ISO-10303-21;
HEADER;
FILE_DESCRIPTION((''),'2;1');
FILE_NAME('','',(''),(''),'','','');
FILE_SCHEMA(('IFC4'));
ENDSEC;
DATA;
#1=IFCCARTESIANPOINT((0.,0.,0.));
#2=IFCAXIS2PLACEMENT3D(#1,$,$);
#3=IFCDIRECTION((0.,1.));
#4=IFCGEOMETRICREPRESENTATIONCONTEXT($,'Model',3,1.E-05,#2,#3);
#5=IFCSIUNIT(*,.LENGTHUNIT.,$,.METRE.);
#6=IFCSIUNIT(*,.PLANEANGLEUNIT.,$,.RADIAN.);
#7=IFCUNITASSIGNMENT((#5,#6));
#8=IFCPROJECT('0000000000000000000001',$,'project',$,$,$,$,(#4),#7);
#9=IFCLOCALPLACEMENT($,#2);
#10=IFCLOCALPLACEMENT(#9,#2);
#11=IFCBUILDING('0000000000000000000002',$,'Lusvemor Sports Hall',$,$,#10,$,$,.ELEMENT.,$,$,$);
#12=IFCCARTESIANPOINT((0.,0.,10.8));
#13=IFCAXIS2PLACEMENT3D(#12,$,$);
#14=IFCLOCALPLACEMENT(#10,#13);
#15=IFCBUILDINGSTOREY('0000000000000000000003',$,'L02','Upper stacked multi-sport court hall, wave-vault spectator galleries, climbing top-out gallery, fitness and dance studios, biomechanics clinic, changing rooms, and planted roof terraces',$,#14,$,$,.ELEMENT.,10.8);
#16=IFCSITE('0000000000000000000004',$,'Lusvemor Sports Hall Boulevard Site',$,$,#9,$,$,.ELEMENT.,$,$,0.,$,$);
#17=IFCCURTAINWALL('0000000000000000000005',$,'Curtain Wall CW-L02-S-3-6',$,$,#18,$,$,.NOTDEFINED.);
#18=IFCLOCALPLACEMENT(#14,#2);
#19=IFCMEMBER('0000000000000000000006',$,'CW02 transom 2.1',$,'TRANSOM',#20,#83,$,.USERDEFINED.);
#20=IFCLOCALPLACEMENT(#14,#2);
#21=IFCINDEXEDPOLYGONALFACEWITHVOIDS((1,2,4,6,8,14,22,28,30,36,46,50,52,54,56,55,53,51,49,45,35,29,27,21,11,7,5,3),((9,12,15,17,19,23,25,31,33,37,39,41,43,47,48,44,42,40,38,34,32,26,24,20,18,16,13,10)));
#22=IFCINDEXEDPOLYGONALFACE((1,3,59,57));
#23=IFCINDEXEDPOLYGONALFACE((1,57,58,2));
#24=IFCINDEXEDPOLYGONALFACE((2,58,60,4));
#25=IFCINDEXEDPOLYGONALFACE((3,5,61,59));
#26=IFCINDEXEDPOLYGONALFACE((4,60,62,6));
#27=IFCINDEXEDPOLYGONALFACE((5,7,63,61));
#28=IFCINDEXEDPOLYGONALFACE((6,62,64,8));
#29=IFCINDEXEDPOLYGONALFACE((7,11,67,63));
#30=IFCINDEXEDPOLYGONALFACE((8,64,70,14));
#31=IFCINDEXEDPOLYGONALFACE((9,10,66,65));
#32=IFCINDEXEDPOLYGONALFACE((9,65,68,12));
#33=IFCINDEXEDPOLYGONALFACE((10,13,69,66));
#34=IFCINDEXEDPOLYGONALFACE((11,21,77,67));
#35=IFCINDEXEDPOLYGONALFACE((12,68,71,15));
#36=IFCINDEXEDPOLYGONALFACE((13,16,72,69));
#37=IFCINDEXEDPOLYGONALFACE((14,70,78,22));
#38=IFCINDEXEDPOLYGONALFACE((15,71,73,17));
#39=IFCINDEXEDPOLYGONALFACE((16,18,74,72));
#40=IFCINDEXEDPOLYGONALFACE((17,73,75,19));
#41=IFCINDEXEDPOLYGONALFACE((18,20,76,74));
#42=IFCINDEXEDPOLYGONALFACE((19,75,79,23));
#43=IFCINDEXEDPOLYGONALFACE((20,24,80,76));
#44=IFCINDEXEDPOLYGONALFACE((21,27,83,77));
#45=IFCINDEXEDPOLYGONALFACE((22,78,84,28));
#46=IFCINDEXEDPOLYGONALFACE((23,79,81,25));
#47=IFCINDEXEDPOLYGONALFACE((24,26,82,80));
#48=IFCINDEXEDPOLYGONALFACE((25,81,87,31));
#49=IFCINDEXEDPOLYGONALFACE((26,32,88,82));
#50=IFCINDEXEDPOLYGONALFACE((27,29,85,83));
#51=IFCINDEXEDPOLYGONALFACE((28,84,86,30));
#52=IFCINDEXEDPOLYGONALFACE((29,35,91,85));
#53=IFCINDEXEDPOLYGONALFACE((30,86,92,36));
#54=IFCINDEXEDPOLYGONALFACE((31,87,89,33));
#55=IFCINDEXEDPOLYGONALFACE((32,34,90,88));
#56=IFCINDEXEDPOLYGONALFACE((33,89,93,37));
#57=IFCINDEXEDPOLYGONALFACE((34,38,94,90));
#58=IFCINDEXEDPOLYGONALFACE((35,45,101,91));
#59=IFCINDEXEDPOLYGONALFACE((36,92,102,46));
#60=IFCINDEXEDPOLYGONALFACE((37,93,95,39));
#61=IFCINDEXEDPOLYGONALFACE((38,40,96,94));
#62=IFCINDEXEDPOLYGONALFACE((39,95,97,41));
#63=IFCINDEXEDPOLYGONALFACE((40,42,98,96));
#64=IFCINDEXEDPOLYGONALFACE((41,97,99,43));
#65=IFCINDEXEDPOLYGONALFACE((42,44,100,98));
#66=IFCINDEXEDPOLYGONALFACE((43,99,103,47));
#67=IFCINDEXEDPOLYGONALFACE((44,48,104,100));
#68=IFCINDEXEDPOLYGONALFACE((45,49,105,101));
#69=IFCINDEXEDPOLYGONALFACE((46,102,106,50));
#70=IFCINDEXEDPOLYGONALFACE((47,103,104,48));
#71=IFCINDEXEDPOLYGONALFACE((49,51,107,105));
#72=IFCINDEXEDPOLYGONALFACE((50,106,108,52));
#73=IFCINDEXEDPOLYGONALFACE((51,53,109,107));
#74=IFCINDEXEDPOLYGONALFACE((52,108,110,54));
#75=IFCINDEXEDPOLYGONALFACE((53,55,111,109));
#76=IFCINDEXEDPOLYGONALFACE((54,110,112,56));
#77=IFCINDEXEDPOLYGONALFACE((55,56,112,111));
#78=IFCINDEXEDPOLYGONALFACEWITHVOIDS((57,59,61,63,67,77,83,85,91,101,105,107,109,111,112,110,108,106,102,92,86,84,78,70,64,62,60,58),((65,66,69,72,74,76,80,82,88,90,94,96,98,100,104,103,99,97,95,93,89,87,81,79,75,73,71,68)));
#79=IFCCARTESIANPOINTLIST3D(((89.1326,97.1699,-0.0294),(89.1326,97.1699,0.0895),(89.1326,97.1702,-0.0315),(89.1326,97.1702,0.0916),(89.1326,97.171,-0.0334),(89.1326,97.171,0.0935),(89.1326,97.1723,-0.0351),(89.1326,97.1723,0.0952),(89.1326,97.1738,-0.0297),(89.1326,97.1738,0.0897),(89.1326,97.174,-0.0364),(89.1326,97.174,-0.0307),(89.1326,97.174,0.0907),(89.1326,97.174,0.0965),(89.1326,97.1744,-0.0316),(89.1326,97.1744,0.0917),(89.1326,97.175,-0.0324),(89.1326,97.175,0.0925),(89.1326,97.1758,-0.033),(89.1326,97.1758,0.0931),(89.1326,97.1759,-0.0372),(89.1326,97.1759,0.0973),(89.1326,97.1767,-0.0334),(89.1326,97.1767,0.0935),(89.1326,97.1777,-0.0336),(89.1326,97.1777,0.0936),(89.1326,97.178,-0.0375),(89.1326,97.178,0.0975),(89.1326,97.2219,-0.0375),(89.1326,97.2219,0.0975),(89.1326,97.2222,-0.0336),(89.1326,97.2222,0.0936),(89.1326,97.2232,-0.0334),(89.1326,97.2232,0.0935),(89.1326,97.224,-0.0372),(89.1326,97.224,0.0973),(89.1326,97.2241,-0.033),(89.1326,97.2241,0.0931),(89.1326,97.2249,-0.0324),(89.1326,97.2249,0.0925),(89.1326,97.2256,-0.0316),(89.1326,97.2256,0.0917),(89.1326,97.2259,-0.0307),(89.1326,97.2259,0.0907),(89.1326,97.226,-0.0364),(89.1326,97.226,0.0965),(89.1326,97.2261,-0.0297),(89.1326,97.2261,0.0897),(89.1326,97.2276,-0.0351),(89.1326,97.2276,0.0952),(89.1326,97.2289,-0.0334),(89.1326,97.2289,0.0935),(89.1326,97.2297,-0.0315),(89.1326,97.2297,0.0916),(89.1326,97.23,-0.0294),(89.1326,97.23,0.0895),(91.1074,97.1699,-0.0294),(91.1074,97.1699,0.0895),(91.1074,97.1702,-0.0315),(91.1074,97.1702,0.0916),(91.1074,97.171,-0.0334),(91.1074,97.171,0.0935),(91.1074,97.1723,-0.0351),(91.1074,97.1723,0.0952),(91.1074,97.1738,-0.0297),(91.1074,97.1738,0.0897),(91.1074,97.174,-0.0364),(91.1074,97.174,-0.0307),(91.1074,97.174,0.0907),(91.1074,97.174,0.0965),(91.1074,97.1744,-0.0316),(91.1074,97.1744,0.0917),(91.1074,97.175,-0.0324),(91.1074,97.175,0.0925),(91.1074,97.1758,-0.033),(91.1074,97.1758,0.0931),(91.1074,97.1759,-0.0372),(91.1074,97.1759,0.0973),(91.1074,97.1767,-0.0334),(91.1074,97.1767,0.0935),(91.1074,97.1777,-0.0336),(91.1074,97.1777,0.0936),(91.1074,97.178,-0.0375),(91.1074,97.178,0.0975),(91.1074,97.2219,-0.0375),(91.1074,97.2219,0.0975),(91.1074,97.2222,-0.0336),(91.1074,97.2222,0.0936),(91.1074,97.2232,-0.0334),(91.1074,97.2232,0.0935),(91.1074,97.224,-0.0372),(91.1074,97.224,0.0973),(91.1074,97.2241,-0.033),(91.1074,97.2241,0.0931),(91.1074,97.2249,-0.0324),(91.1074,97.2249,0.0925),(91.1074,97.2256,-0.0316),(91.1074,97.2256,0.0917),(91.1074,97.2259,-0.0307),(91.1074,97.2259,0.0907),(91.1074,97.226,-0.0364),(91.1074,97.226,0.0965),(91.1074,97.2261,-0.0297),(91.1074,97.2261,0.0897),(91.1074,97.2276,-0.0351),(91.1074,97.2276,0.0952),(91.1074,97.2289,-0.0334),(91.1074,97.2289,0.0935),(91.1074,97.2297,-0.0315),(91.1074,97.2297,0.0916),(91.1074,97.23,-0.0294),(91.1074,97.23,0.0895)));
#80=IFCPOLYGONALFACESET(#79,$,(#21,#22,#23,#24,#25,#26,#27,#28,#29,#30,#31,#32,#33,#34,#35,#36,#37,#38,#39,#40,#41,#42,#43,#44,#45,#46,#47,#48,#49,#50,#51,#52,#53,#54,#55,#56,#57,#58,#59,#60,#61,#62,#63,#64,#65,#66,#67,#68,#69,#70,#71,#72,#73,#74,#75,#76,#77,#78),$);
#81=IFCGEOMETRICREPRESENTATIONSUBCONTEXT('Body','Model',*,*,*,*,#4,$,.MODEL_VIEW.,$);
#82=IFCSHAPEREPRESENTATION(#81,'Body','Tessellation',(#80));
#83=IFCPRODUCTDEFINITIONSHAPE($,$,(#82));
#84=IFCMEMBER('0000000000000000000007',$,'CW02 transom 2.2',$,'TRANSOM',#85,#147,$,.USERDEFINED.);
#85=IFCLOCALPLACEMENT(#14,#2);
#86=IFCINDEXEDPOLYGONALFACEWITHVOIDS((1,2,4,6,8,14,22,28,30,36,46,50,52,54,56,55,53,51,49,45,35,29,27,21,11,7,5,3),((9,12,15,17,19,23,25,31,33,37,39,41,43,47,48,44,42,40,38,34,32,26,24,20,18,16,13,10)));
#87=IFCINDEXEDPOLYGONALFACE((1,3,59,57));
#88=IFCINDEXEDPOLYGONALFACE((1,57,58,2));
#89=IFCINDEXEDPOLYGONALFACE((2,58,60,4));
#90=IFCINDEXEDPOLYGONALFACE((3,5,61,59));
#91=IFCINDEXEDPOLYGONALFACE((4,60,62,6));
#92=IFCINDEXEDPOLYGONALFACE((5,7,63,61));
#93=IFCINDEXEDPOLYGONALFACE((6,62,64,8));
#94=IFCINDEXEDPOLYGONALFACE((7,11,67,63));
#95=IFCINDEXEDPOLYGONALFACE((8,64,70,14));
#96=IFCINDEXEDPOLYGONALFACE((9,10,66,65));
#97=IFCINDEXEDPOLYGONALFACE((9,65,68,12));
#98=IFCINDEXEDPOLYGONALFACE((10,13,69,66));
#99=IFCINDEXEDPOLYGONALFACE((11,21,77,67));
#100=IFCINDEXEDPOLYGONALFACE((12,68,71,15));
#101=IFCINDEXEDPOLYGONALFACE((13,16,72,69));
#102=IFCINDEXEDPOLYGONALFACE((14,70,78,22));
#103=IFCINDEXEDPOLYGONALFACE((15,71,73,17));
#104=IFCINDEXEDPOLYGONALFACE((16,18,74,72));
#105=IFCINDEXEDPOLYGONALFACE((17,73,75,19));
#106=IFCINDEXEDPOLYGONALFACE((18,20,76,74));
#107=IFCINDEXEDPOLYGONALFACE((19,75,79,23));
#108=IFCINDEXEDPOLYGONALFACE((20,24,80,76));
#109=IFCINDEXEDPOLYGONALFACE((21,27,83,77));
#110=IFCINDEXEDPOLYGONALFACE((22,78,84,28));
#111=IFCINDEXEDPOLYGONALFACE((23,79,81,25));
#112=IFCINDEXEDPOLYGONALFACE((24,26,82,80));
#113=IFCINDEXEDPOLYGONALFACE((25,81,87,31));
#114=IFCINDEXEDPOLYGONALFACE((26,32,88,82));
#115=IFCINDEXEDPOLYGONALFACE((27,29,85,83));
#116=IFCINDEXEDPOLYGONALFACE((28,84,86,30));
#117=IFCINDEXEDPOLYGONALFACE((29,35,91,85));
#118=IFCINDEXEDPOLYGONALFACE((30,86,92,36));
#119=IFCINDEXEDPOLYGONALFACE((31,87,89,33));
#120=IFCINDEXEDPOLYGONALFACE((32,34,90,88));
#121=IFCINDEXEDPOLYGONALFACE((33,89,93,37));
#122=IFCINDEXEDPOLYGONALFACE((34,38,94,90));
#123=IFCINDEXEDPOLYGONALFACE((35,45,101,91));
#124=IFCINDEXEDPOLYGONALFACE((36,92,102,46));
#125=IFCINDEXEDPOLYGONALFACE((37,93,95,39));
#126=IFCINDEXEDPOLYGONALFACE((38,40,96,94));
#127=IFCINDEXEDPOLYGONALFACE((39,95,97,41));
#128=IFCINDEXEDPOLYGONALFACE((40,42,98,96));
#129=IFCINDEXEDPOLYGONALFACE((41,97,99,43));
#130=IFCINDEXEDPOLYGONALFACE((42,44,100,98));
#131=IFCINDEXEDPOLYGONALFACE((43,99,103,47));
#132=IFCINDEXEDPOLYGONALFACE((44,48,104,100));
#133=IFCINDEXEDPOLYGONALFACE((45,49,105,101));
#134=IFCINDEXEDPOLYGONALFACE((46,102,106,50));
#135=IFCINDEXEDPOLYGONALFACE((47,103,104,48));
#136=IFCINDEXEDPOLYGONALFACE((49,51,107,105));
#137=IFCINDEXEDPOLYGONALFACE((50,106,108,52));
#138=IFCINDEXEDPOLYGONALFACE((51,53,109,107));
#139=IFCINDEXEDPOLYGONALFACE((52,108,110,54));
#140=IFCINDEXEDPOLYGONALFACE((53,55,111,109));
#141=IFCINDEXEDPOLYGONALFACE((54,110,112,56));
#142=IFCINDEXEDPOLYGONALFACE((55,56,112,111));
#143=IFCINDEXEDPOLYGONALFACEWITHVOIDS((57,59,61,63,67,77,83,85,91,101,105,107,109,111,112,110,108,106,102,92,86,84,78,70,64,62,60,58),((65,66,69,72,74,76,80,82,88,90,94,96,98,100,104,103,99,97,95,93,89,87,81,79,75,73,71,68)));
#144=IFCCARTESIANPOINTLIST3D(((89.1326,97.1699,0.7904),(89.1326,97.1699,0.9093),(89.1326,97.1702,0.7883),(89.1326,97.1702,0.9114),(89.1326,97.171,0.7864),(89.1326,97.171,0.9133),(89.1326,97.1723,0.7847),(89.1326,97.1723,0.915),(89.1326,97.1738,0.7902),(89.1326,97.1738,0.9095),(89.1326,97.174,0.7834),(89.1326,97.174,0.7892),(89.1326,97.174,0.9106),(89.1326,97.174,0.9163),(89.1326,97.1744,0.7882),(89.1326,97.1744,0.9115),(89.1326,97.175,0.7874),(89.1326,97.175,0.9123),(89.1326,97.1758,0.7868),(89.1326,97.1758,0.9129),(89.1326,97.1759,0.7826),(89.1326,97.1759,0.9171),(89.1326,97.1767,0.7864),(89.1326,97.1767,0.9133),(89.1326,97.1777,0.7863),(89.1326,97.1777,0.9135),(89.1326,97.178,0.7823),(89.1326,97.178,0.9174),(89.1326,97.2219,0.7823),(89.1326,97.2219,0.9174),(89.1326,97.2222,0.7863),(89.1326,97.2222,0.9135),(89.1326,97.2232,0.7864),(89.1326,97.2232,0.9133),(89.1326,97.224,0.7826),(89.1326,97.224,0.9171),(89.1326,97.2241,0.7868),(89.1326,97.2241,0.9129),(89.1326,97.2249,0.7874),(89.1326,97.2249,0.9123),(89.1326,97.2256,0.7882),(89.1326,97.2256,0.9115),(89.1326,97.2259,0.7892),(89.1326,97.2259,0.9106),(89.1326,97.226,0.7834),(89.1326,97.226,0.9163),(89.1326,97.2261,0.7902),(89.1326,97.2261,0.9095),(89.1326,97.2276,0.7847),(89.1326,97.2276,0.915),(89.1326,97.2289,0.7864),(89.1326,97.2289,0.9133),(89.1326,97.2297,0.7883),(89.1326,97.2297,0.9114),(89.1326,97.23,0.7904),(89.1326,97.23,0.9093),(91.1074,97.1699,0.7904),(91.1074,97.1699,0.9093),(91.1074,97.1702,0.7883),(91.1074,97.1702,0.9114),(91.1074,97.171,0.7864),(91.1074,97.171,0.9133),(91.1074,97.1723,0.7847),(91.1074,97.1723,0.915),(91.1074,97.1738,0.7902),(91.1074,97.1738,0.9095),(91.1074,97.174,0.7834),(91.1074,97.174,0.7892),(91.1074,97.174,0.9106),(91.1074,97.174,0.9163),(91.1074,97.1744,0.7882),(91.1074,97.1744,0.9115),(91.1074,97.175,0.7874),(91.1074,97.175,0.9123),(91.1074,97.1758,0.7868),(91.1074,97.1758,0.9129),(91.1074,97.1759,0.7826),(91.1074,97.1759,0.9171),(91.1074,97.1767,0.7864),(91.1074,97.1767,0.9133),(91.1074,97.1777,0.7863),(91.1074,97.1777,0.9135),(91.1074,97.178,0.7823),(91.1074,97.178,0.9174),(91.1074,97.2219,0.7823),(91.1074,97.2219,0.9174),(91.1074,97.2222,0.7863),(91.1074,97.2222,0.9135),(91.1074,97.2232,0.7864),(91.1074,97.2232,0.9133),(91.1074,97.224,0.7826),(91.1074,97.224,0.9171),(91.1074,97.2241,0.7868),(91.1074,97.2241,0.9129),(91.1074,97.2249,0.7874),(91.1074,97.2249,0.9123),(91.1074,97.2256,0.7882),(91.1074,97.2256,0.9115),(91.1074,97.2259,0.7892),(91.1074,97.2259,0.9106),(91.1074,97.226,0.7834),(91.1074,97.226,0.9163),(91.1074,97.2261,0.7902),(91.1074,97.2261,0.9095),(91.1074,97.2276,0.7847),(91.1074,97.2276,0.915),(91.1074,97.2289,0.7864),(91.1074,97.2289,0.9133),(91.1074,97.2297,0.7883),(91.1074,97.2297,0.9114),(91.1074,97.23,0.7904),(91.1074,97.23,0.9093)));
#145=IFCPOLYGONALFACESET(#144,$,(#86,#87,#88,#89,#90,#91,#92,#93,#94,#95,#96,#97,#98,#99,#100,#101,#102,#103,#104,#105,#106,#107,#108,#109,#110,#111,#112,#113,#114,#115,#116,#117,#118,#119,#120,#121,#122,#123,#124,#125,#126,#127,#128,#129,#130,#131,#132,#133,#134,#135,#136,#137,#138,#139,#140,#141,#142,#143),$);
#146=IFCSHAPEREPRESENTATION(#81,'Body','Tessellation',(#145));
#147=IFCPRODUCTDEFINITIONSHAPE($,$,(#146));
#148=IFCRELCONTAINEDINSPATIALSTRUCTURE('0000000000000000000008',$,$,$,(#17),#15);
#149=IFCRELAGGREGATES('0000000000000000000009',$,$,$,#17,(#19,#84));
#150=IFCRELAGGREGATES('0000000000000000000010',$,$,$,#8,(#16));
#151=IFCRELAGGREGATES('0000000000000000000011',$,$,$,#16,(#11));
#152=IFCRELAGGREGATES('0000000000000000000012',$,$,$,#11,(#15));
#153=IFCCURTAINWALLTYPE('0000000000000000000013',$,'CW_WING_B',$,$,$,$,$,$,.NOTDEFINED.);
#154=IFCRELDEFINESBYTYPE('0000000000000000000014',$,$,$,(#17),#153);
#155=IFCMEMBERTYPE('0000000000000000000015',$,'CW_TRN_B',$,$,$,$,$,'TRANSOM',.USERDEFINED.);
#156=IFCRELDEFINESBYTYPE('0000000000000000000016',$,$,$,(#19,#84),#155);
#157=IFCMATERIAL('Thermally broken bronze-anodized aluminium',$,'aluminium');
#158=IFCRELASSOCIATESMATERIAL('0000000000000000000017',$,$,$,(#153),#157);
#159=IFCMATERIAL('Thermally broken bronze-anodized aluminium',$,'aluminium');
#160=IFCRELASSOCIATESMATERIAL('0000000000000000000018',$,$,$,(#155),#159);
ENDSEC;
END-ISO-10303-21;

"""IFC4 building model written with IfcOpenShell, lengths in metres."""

from ifc_helpers import new_model, si_unit, direction, frame, origin, origin_2d, place, context, subcontext, project, spatial, hollow_rectangle, extrude, material, material_profile, profile_set, type_object, element, aggregate, save


model = new_model("IFC4")

# Units and contexts
model_context = context("Model", 3, precision=1e-05, world=origin(), true_north=direction((0.0, 1.0)))
body_context = subcontext(model_context, "Body", "Model", "MODEL_VIEW")
ifc_project = project(units=[si_unit("LENGTHUNIT", "METRE"), si_unit("PLANEANGLEUNIT", "RADIAN")], contexts=[model_context])

# Site, building, storey
site_placement = place(None, origin())
site = spatial("IfcSite", under=ifc_project, at=site_placement, Name="Lusvemor Sports Hall Boulevard Site", CompositionType="ELEMENT", RefElevation=0.0)
building_placement = place(site_placement, origin())
building = spatial("IfcBuilding", under=site, at=building_placement, Name="Lusvemor Sports Hall", CompositionType="ELEMENT")
storey_placement = place(building_placement, frame((0.0, 0.0, 10.8)))
storey = spatial("IfcBuildingStorey", under=building, at=storey_placement, Name="L02", Description="Upper stacked multi-sport court hall, wave-vault spectator galleries, climbing top-out gallery, fitness and dance studios, biomechanics clinic, changing rooms, and planted roof terraces", CompositionType="ELEMENT", Elevation=10.8)

# Curtain wall, members
ifc_material_1 = material(Name="Thermally broken bronze-anodized aluminium", Category="aluminium")
curtain_wall_type = type_object("IfcCurtainWallType", Name="CW_WING_B", PredefinedType="NOTDEFINED", material=ifc_material_1)
curtain_wall_placement = place(storey_placement, origin())
curtain_wall = element("IfcCurtainWall", 1, at=curtain_wall_placement, inside=storey, type_object=curtain_wall_type, Name="Curtain Wall CW-L02-S-3-6", PredefinedType="NOTDEFINED")
ifc_material_2 = material(Name="Thermally broken bronze-anodized aluminium", Category="aluminium")
ifc_material_profile_1 = material_profile(ifc_material_2, hollow_rectangle(XDim=0.0601, YDim=0.135, WallThickness=0.0039, InnerFilletRadius=0.0039, OuterFilletRadius=0.0081, at=origin_2d()), Name="CWTRN135x60x4")
ifc_profile_set_1 = profile_set([ifc_material_profile_1], Name="Thermally broken bronze-anodized aluminium")
member_type_1 = type_object("IfcMemberType", Name="CW_TRN_B", ElementType="TRANSOM", PredefinedType="USERDEFINED", material=ifc_profile_set_1)
member_1_placement = place(storey_placement, frame((91.1074, 97.2, 0.03), z_axis=(-1.0, 0.0, 0.0), x_axis=(0.0, -1.0, 0.0)))
member_1 = element("IfcMember", 2, at=member_1_placement, type_object=member_type_1, Name="CW02 transom 2.1", ObjectType="TRANSOM", PredefinedType="USERDEFINED", context=body_context, shape_type="SweptSolid", body=[
    extrude(hollow_rectangle(XDim=0.0601, YDim=0.135, WallThickness=0.0039, InnerFilletRadius=0.0039, OuterFilletRadius=0.0081, at=origin_2d()), origin(), (0.0, 0.0, 1.0), 1.9749),
])
member_2_placement = place(storey_placement, frame((91.1074, 97.2, 0.8499), z_axis=(-1.0, 0.0, 0.0), x_axis=(0.0, -1.0, 0.0)))
member_2 = element("IfcMember", 3, at=member_2_placement, type_object=member_type_1, Name="CW02 transom 2.2", ObjectType="TRANSOM", PredefinedType="USERDEFINED", context=body_context, shape_type="SweptSolid", body=[
    extrude(hollow_rectangle(XDim=0.0601, YDim=0.135, WallThickness=0.0039, InnerFilletRadius=0.0039, OuterFilletRadius=0.0081, at=origin_2d()), origin(), (0.0, 0.0, 1.0), 1.9749),
])

aggregate(curtain_wall, [member_1, member_2])

save(model, "model.ifc")
